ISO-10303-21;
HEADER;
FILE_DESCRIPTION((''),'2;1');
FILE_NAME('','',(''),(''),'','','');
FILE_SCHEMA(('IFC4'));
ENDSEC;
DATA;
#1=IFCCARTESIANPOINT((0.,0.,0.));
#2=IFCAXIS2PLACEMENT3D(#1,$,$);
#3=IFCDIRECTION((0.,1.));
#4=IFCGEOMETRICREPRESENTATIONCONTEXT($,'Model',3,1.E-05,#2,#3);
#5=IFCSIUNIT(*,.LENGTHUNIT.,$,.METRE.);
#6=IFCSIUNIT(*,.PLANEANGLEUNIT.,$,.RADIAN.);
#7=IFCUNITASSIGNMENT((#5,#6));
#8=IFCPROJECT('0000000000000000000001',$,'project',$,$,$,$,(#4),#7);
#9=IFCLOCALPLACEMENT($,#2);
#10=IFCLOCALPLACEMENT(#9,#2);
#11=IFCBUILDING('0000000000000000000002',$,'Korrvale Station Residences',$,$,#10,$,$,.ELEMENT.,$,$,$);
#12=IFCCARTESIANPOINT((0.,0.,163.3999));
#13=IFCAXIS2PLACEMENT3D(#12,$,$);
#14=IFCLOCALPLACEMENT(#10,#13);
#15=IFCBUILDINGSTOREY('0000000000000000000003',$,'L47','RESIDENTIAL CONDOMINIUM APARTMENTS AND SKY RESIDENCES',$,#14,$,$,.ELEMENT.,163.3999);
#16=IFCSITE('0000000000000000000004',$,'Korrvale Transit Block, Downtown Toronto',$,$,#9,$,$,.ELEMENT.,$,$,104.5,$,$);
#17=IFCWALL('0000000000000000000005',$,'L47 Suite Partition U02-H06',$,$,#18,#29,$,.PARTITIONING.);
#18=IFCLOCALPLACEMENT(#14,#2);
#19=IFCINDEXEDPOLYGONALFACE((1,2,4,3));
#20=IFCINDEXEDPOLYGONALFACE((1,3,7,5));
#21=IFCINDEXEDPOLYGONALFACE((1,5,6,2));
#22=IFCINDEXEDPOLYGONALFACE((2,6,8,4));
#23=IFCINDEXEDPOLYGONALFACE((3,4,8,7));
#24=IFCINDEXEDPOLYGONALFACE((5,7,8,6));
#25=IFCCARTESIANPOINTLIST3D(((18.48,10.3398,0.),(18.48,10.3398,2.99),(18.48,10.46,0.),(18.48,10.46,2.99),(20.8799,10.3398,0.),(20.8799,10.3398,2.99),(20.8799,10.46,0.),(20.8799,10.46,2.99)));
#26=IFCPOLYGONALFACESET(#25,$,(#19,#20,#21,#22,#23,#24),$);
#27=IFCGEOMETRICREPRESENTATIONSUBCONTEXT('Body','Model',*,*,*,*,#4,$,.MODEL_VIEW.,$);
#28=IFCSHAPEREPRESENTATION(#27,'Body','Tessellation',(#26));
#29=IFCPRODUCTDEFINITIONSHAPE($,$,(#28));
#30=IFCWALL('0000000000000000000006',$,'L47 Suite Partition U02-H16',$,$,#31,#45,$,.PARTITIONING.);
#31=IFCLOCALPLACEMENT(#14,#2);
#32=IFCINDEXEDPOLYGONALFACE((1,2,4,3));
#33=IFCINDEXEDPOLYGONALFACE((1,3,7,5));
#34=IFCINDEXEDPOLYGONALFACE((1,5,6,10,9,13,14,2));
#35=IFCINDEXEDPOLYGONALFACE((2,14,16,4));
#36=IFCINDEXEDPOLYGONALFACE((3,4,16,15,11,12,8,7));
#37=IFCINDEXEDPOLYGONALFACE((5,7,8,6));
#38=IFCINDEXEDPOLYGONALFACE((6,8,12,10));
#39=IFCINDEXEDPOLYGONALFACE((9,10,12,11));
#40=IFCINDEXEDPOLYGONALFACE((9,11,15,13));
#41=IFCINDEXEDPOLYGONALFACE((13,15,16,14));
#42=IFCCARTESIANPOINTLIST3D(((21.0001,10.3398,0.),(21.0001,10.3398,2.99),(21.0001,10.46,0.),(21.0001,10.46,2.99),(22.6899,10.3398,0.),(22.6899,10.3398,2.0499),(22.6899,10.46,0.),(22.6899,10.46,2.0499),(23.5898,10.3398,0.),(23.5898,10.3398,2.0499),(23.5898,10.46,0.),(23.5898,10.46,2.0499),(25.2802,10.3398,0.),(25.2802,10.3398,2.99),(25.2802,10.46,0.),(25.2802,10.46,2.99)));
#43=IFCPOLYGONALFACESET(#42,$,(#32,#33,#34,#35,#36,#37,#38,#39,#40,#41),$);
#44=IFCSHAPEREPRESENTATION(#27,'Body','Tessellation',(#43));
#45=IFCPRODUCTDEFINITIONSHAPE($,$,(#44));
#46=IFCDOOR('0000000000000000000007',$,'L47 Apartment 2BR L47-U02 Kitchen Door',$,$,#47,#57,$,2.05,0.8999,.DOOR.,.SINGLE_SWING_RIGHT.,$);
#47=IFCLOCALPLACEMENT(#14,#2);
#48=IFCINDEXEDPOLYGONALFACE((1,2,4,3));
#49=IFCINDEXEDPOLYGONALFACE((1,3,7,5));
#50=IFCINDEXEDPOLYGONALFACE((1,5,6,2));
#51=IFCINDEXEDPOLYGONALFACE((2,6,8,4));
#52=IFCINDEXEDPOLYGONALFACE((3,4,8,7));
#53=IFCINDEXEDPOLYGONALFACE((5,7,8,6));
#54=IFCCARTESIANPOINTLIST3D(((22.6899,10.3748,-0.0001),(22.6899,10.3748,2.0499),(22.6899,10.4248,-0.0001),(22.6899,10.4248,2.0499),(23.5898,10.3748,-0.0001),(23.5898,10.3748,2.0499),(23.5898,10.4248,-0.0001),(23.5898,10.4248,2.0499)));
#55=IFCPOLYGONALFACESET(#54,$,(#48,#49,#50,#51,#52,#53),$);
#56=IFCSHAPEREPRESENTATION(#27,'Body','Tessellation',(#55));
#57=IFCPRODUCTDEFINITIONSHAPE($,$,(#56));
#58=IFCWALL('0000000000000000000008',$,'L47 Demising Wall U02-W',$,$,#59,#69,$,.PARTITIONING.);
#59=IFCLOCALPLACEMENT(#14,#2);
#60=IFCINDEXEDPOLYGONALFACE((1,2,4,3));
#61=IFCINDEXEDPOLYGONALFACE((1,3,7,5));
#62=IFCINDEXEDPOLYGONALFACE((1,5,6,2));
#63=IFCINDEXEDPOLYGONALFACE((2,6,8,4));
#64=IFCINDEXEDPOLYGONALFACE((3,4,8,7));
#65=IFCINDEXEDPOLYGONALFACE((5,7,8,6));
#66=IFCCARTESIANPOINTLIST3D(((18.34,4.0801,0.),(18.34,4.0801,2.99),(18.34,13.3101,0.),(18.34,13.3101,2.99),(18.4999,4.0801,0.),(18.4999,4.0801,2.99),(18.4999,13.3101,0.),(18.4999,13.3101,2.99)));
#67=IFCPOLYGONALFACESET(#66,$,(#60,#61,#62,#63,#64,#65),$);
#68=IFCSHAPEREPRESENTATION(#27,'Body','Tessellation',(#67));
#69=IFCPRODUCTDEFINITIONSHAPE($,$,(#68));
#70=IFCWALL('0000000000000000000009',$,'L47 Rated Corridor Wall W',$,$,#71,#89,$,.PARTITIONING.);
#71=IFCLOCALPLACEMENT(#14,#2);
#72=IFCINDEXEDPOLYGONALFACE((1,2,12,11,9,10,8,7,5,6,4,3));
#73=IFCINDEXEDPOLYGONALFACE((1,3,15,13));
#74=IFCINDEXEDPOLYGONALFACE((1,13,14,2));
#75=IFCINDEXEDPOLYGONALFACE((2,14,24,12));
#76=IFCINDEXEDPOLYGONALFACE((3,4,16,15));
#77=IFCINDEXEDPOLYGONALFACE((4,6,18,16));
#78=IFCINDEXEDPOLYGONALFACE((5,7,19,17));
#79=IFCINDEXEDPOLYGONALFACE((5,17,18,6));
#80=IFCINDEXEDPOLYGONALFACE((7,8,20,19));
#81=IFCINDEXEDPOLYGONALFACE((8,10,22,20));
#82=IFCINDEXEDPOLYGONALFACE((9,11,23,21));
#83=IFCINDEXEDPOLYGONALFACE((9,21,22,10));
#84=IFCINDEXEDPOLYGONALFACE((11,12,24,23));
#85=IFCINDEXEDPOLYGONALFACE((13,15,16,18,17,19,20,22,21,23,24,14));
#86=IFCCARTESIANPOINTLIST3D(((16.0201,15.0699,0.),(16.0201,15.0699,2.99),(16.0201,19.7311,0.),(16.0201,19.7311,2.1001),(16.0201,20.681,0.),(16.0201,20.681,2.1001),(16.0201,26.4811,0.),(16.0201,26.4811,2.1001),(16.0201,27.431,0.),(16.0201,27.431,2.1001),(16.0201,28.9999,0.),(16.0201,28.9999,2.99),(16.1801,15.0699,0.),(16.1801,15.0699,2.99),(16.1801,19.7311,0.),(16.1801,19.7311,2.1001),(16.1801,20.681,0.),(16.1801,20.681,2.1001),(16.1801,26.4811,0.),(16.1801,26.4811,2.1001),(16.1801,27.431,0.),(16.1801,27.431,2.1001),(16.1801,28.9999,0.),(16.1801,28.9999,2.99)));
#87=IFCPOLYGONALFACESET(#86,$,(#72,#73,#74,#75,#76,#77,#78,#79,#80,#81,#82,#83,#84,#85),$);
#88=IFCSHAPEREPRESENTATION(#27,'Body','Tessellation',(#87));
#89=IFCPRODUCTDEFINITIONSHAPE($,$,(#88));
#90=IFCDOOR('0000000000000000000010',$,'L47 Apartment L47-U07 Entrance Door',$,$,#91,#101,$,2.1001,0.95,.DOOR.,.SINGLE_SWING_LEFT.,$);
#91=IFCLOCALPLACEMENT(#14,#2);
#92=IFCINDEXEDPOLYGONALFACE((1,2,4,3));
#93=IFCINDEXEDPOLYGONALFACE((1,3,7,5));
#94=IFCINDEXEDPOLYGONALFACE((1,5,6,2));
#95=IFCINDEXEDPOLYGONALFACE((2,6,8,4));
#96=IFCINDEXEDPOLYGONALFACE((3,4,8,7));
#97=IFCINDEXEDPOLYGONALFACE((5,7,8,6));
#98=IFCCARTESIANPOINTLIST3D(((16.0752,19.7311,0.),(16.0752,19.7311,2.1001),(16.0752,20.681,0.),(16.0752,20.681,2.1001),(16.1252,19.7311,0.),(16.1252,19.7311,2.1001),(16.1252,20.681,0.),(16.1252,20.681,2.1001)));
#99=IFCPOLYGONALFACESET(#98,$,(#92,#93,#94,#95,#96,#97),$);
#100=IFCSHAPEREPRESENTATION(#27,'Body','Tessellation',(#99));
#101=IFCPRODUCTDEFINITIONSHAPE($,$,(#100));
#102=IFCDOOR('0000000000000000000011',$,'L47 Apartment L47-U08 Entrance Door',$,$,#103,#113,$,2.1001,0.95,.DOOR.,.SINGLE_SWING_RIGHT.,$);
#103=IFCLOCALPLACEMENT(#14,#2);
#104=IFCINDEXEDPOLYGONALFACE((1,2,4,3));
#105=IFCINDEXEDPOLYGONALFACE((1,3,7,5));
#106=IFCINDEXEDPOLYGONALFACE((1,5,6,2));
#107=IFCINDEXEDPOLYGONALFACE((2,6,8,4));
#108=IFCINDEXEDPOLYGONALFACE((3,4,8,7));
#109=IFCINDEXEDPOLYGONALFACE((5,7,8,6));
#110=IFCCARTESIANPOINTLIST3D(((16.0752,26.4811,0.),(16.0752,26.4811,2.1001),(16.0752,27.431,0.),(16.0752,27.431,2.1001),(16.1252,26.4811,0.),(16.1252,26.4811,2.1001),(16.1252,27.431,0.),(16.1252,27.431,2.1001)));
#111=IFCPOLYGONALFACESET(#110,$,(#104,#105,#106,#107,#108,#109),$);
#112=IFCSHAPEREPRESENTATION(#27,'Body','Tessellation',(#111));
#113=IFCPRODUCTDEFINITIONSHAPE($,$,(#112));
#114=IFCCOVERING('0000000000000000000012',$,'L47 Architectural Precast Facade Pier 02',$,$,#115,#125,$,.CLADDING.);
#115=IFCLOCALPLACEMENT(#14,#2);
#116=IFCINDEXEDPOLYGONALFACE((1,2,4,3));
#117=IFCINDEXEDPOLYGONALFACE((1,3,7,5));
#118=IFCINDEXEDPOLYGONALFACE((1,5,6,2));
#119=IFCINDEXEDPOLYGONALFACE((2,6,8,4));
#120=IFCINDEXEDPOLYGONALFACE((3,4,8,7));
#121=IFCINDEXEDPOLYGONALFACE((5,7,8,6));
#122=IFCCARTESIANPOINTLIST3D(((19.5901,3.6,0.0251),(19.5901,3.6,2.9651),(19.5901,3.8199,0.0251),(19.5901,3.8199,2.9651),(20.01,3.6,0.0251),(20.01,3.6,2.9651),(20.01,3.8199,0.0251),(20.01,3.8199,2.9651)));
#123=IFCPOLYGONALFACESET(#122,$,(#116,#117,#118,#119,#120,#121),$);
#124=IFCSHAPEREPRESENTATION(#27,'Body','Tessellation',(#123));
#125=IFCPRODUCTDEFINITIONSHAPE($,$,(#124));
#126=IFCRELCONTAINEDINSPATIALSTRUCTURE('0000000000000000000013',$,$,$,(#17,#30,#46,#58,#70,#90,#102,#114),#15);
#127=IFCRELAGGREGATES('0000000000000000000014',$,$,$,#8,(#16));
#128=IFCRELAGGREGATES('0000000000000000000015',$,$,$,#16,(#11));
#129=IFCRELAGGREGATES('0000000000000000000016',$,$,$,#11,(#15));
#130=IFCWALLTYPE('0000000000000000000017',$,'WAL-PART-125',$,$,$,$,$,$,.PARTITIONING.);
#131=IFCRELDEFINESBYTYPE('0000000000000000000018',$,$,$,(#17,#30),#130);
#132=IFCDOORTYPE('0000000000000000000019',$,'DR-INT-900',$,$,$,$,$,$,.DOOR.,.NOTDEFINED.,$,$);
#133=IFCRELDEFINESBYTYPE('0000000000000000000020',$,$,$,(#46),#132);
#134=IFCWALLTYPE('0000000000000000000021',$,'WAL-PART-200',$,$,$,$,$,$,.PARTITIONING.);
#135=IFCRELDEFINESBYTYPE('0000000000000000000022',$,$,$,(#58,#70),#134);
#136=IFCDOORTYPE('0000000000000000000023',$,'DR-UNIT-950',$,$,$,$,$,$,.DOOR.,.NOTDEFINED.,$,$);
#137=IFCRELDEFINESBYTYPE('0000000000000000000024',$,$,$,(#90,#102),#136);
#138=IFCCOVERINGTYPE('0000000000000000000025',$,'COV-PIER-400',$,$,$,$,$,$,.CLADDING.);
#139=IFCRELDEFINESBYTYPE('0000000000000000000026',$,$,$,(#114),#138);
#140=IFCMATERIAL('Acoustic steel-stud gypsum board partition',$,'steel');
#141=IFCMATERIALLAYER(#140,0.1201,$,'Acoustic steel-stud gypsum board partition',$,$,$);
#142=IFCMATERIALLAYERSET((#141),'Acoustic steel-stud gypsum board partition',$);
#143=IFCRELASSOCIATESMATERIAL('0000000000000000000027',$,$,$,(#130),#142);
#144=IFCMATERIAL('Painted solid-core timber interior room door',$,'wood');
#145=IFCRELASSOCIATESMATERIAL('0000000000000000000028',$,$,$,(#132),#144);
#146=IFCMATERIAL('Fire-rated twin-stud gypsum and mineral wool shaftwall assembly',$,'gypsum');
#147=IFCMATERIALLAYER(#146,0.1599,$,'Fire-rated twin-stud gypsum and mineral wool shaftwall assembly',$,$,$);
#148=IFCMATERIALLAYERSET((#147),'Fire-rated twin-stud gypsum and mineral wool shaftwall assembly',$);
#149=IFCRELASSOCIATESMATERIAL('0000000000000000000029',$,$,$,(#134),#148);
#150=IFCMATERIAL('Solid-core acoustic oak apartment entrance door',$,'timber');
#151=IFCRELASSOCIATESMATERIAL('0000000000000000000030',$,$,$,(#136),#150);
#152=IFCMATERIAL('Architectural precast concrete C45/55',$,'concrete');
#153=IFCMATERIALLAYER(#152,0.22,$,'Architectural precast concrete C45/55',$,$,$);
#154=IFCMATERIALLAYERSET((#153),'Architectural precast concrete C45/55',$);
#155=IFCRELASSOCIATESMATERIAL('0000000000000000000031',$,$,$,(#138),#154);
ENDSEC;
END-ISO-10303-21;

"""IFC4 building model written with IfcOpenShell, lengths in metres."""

from ifc_helpers import new_model, si_unit, direction, frame, frame_2d, origin, origin_2d, place, context, subcontext, project, spatial, rectangle, extrude, material, layer, layer_set, type_object, element, fill, save


model = new_model("IFC4")

# Units and contexts
model_context = context("Model", 3, precision=1e-05, world=origin(), true_north=direction((0.0, 1.0)))
body_context = subcontext(model_context, "Body", "Model", "MODEL_VIEW")
ifc_project = project(units=[si_unit("LENGTHUNIT", "METRE"), si_unit("PLANEANGLEUNIT", "RADIAN")], contexts=[model_context])

# Site, building, storey
site_placement = place(None, origin())
site = spatial("IfcSite", under=ifc_project, at=site_placement, Name="Korrvale Transit Block, Downtown Toronto", CompositionType="ELEMENT", RefElevation=104.5)
building_placement = place(site_placement, origin())
building = spatial("IfcBuilding", under=site, at=building_placement, Name="Korrvale Station Residences", CompositionType="ELEMENT")
storey_placement = place(building_placement, frame((0.0, 0.0, 163.3999)))
storey = spatial("IfcBuildingStorey", under=building, at=storey_placement, Name="L47", Description="RESIDENTIAL CONDOMINIUM APARTMENTS AND SKY RESIDENCES", CompositionType="ELEMENT", Elevation=163.3999)

# Shared definitions
ifc_material_1 = material(Name="Acoustic steel-stud gypsum board partition", Category="steel")
ifc_layer_1 = layer(ifc_material_1, 0.1201, Name="Acoustic steel-stud gypsum board partition")
ifc_layer_set_1 = layer_set([ifc_layer_1], Name="Acoustic steel-stud gypsum board partition")
wall_type_1 = type_object("IfcWallType", Name="WAL-PART-125", PredefinedType="PARTITIONING", material=ifc_layer_set_1)
ifc_material_2 = material(Name="Painted solid-core timber interior room door", Category="wood")
door_type_1 = type_object("IfcDoorType", Name="DR-INT-900", OperationType="NOTDEFINED", PredefinedType="DOOR", material=ifc_material_2)

# Wall
wall_1_placement = place(storey_placement, frame((18.48, 10.3999, 0.0), z_axis=(0.0, 0.0, 1.0), x_axis=(1.0, 0.0, 0.0)))
element("IfcWall", 1, at=wall_1_placement, inside=storey, type_object=wall_type_1, Name="L47 Suite Partition U02-H06", PredefinedType="PARTITIONING", context=body_context, shape_type="SweptSolid", body=[
    extrude(rectangle(XDim=2.3999, YDim=0.1201, at=frame_2d((1.2, 0.0))), origin(), (0.0, 0.0, 1.0), 2.99),
])

# Wall, opening, door
wall_2_placement = place(storey_placement, frame((21.0, 10.3999, 0.0), z_axis=(0.0, 0.0, 1.0), x_axis=(1.0, 0.0, 0.0)))
wall_2 = element("IfcWall", 2, at=wall_2_placement, inside=storey, type_object=wall_type_1, Name="L47 Suite Partition U02-H16", PredefinedType="PARTITIONING", context=body_context, shape_type="SweptSolid", body=[
    extrude(rectangle(XDim=4.28, YDim=0.1201, at=frame_2d((2.1401, 0.0))), origin(), (0.0, 0.0, 1.0), 2.99),
])
opening_1_placement = place(wall_2_placement, frame((1.6899, 0.0, 0.0)))
opening_1 = element("IfcOpeningElement", 3, at=opening_1_placement, cuts=wall_2, PredefinedType="OPENING", context=body_context, shape_type="SweptSolid", body=[
    extrude(rectangle(XDim=0.8999, YDim=2.05, at=frame_2d((0.45, 1.0249))), frame((0.0, 0.0701, 0.0), z_axis=(0.0, -1.0, 0.0), x_axis=(1.0, 0.0, 0.0)), (0.0, 0.0, 1.0), 0.1401),
])
door_1_placement = place(opening_1_placement, origin())
door_1 = element("IfcDoor", 4, at=door_1_placement, inside=storey, type_object=door_type_1, Name="L47 Apartment 2BR L47-U02 Kitchen Door", OperationType="SINGLE_SWING_RIGHT", OverallHeight=2.05, OverallWidth=0.8999, PredefinedType="DOOR", context=body_context, shape_type="SweptSolid", body=[
    extrude(rectangle(XDim=0.8999, YDim=2.05, at=frame_2d((0.45, 1.0249))), frame((0.0, 0.0249, 0.0), z_axis=(0.0, -1.0, 0.0), x_axis=(1.0, 0.0, 0.0)), (0.0, 0.0, 1.0), 0.05),
])
fill(opening_1, door_1)

# Wall
ifc_material_3 = material(Name="Fire-rated twin-stud gypsum and mineral wool shaftwall assembly", Category="gypsum")
ifc_layer_2 = layer(ifc_material_3, 0.1599, Name="Fire-rated twin-stud gypsum and mineral wool shaftwall assembly")
ifc_layer_set_2 = layer_set([ifc_layer_2], Name="Fire-rated twin-stud gypsum and mineral wool shaftwall assembly")
wall_type_2 = type_object("IfcWallType", Name="WAL-PART-200", PredefinedType="PARTITIONING", material=ifc_layer_set_2)
wall_3_placement = place(storey_placement, frame((18.4199, 4.0801, 0.0), z_axis=(0.0, 0.0, 1.0), x_axis=(0.0, 1.0, 0.0)))
element("IfcWall", 5, at=wall_3_placement, inside=storey, type_object=wall_type_2, Name="L47 Demising Wall U02-W", PredefinedType="PARTITIONING", context=body_context, shape_type="SweptSolid", body=[
    extrude(rectangle(XDim=9.23, YDim=0.1599, at=frame_2d((4.615, 0.0))), origin(), (0.0, 0.0, 1.0), 2.99),
])

# Wall, openings, doors
wall_4_placement = place(storey_placement, frame((16.1001, 15.0701, 0.0), z_axis=(0.0, 0.0, 1.0), x_axis=(0.0, 1.0, 0.0)))
wall_4 = element("IfcWall", 6, at=wall_4_placement, inside=storey, type_object=wall_type_2, Name="L47 Rated Corridor Wall W", PredefinedType="PARTITIONING", context=body_context, shape_type="SweptSolid", body=[
    extrude(rectangle(XDim=13.9299, YDim=0.1599, at=frame_2d((6.9648, 0.0))), origin(), (0.0, 0.0, 1.0), 2.99),
])
opening_2_placement = place(wall_4_placement, frame((4.6609, 0.0, 0.0)))
opening_2 = element("IfcOpeningElement", 7, at=opening_2_placement, cuts=wall_4, PredefinedType="OPENING", context=body_context, shape_type="SweptSolid", body=[
    extrude(rectangle(XDim=0.95, YDim=2.1001, at=frame_2d((0.4751, 1.05))), frame((0.0, 0.0898, 0.0), z_axis=(0.0, -1.0, 0.0), x_axis=(1.0, 0.0, 0.0)), (0.0, 0.0, 1.0), 0.1799),
])
opening_3_placement = place(wall_4_placement, frame((11.4109, 0.0, 0.0)))
opening_3 = element("IfcOpeningElement", 8, at=opening_3_placement, cuts=wall_4, PredefinedType="OPENING", context=body_context, shape_type="SweptSolid", body=[
    extrude(rectangle(XDim=0.95, YDim=2.1001, at=frame_2d((0.4751, 1.05))), frame((0.0, 0.0898, 0.0), z_axis=(0.0, -1.0, 0.0), x_axis=(1.0, 0.0, 0.0)), (0.0, 0.0, 1.0), 0.1799),
])
ifc_material_4 = material(Name="Solid-core acoustic oak apartment entrance door", Category="timber")
door_type_2 = type_object("IfcDoorType", Name="DR-UNIT-950", OperationType="NOTDEFINED", PredefinedType="DOOR", material=ifc_material_4)
door_2_placement = place(opening_2_placement, origin())
door_2 = element("IfcDoor", 9, at=door_2_placement, inside=storey, type_object=door_type_2, Name="L47 Apartment L47-U07 Entrance Door", OperationType="SINGLE_SWING_LEFT", OverallHeight=2.1001, OverallWidth=0.95, PredefinedType="DOOR", context=body_context, shape_type="SweptSolid", body=[
    extrude(rectangle(XDim=0.95, YDim=2.1001, at=frame_2d((0.4751, 1.05))), frame((0.0, 0.0249, 0.0), z_axis=(0.0, -1.0, 0.0), x_axis=(1.0, 0.0, 0.0)), (0.0, 0.0, 1.0), 0.05),
])
fill(opening_2, door_2)
door_3_placement = place(opening_3_placement, origin())
door_3 = element("IfcDoor", 10, at=door_3_placement, inside=storey, type_object=door_type_2, Name="L47 Apartment L47-U08 Entrance Door", OperationType="SINGLE_SWING_RIGHT", OverallHeight=2.1001, OverallWidth=0.95, PredefinedType="DOOR", context=body_context, shape_type="SweptSolid", body=[
    extrude(rectangle(XDim=0.95, YDim=2.1001, at=frame_2d((0.4751, 1.05))), frame((0.0, 0.0249, 0.0), z_axis=(0.0, -1.0, 0.0), x_axis=(1.0, 0.0, 0.0)), (0.0, 0.0, 1.0), 0.05),
])
fill(opening_3, door_3)

# Covering
ifc_material_5 = material(Name="Architectural precast concrete C45/55", Category="concrete")
ifc_layer_3 = layer(ifc_material_5, 0.22, Name="Architectural precast concrete C45/55")
ifc_layer_set_3 = layer_set([ifc_layer_3], Name="Architectural precast concrete C45/55")
covering_type = type_object("IfcCoveringType", Name="COV-PIER-400", PredefinedType="CLADDING", material=ifc_layer_set_3)
covering_placement = place(storey_placement, frame((19.8, 3.71, 0.0251), z_axis=(0.0, 0.0, 1.0), x_axis=(1.0, 0.0, 0.0)))
element("IfcCovering", 11, at=covering_placement, inside=storey, type_object=covering_type, Name="L47 Architectural Precast Facade Pier 02", PredefinedType="CLADDING", context=body_context, shape_type="SweptSolid", body=[
    extrude(rectangle(XDim=0.4199, YDim=0.22, at=origin_2d()), origin(), (0.0, 0.0, 1.0), 2.9399),
])

save(model, "model.ifc")
